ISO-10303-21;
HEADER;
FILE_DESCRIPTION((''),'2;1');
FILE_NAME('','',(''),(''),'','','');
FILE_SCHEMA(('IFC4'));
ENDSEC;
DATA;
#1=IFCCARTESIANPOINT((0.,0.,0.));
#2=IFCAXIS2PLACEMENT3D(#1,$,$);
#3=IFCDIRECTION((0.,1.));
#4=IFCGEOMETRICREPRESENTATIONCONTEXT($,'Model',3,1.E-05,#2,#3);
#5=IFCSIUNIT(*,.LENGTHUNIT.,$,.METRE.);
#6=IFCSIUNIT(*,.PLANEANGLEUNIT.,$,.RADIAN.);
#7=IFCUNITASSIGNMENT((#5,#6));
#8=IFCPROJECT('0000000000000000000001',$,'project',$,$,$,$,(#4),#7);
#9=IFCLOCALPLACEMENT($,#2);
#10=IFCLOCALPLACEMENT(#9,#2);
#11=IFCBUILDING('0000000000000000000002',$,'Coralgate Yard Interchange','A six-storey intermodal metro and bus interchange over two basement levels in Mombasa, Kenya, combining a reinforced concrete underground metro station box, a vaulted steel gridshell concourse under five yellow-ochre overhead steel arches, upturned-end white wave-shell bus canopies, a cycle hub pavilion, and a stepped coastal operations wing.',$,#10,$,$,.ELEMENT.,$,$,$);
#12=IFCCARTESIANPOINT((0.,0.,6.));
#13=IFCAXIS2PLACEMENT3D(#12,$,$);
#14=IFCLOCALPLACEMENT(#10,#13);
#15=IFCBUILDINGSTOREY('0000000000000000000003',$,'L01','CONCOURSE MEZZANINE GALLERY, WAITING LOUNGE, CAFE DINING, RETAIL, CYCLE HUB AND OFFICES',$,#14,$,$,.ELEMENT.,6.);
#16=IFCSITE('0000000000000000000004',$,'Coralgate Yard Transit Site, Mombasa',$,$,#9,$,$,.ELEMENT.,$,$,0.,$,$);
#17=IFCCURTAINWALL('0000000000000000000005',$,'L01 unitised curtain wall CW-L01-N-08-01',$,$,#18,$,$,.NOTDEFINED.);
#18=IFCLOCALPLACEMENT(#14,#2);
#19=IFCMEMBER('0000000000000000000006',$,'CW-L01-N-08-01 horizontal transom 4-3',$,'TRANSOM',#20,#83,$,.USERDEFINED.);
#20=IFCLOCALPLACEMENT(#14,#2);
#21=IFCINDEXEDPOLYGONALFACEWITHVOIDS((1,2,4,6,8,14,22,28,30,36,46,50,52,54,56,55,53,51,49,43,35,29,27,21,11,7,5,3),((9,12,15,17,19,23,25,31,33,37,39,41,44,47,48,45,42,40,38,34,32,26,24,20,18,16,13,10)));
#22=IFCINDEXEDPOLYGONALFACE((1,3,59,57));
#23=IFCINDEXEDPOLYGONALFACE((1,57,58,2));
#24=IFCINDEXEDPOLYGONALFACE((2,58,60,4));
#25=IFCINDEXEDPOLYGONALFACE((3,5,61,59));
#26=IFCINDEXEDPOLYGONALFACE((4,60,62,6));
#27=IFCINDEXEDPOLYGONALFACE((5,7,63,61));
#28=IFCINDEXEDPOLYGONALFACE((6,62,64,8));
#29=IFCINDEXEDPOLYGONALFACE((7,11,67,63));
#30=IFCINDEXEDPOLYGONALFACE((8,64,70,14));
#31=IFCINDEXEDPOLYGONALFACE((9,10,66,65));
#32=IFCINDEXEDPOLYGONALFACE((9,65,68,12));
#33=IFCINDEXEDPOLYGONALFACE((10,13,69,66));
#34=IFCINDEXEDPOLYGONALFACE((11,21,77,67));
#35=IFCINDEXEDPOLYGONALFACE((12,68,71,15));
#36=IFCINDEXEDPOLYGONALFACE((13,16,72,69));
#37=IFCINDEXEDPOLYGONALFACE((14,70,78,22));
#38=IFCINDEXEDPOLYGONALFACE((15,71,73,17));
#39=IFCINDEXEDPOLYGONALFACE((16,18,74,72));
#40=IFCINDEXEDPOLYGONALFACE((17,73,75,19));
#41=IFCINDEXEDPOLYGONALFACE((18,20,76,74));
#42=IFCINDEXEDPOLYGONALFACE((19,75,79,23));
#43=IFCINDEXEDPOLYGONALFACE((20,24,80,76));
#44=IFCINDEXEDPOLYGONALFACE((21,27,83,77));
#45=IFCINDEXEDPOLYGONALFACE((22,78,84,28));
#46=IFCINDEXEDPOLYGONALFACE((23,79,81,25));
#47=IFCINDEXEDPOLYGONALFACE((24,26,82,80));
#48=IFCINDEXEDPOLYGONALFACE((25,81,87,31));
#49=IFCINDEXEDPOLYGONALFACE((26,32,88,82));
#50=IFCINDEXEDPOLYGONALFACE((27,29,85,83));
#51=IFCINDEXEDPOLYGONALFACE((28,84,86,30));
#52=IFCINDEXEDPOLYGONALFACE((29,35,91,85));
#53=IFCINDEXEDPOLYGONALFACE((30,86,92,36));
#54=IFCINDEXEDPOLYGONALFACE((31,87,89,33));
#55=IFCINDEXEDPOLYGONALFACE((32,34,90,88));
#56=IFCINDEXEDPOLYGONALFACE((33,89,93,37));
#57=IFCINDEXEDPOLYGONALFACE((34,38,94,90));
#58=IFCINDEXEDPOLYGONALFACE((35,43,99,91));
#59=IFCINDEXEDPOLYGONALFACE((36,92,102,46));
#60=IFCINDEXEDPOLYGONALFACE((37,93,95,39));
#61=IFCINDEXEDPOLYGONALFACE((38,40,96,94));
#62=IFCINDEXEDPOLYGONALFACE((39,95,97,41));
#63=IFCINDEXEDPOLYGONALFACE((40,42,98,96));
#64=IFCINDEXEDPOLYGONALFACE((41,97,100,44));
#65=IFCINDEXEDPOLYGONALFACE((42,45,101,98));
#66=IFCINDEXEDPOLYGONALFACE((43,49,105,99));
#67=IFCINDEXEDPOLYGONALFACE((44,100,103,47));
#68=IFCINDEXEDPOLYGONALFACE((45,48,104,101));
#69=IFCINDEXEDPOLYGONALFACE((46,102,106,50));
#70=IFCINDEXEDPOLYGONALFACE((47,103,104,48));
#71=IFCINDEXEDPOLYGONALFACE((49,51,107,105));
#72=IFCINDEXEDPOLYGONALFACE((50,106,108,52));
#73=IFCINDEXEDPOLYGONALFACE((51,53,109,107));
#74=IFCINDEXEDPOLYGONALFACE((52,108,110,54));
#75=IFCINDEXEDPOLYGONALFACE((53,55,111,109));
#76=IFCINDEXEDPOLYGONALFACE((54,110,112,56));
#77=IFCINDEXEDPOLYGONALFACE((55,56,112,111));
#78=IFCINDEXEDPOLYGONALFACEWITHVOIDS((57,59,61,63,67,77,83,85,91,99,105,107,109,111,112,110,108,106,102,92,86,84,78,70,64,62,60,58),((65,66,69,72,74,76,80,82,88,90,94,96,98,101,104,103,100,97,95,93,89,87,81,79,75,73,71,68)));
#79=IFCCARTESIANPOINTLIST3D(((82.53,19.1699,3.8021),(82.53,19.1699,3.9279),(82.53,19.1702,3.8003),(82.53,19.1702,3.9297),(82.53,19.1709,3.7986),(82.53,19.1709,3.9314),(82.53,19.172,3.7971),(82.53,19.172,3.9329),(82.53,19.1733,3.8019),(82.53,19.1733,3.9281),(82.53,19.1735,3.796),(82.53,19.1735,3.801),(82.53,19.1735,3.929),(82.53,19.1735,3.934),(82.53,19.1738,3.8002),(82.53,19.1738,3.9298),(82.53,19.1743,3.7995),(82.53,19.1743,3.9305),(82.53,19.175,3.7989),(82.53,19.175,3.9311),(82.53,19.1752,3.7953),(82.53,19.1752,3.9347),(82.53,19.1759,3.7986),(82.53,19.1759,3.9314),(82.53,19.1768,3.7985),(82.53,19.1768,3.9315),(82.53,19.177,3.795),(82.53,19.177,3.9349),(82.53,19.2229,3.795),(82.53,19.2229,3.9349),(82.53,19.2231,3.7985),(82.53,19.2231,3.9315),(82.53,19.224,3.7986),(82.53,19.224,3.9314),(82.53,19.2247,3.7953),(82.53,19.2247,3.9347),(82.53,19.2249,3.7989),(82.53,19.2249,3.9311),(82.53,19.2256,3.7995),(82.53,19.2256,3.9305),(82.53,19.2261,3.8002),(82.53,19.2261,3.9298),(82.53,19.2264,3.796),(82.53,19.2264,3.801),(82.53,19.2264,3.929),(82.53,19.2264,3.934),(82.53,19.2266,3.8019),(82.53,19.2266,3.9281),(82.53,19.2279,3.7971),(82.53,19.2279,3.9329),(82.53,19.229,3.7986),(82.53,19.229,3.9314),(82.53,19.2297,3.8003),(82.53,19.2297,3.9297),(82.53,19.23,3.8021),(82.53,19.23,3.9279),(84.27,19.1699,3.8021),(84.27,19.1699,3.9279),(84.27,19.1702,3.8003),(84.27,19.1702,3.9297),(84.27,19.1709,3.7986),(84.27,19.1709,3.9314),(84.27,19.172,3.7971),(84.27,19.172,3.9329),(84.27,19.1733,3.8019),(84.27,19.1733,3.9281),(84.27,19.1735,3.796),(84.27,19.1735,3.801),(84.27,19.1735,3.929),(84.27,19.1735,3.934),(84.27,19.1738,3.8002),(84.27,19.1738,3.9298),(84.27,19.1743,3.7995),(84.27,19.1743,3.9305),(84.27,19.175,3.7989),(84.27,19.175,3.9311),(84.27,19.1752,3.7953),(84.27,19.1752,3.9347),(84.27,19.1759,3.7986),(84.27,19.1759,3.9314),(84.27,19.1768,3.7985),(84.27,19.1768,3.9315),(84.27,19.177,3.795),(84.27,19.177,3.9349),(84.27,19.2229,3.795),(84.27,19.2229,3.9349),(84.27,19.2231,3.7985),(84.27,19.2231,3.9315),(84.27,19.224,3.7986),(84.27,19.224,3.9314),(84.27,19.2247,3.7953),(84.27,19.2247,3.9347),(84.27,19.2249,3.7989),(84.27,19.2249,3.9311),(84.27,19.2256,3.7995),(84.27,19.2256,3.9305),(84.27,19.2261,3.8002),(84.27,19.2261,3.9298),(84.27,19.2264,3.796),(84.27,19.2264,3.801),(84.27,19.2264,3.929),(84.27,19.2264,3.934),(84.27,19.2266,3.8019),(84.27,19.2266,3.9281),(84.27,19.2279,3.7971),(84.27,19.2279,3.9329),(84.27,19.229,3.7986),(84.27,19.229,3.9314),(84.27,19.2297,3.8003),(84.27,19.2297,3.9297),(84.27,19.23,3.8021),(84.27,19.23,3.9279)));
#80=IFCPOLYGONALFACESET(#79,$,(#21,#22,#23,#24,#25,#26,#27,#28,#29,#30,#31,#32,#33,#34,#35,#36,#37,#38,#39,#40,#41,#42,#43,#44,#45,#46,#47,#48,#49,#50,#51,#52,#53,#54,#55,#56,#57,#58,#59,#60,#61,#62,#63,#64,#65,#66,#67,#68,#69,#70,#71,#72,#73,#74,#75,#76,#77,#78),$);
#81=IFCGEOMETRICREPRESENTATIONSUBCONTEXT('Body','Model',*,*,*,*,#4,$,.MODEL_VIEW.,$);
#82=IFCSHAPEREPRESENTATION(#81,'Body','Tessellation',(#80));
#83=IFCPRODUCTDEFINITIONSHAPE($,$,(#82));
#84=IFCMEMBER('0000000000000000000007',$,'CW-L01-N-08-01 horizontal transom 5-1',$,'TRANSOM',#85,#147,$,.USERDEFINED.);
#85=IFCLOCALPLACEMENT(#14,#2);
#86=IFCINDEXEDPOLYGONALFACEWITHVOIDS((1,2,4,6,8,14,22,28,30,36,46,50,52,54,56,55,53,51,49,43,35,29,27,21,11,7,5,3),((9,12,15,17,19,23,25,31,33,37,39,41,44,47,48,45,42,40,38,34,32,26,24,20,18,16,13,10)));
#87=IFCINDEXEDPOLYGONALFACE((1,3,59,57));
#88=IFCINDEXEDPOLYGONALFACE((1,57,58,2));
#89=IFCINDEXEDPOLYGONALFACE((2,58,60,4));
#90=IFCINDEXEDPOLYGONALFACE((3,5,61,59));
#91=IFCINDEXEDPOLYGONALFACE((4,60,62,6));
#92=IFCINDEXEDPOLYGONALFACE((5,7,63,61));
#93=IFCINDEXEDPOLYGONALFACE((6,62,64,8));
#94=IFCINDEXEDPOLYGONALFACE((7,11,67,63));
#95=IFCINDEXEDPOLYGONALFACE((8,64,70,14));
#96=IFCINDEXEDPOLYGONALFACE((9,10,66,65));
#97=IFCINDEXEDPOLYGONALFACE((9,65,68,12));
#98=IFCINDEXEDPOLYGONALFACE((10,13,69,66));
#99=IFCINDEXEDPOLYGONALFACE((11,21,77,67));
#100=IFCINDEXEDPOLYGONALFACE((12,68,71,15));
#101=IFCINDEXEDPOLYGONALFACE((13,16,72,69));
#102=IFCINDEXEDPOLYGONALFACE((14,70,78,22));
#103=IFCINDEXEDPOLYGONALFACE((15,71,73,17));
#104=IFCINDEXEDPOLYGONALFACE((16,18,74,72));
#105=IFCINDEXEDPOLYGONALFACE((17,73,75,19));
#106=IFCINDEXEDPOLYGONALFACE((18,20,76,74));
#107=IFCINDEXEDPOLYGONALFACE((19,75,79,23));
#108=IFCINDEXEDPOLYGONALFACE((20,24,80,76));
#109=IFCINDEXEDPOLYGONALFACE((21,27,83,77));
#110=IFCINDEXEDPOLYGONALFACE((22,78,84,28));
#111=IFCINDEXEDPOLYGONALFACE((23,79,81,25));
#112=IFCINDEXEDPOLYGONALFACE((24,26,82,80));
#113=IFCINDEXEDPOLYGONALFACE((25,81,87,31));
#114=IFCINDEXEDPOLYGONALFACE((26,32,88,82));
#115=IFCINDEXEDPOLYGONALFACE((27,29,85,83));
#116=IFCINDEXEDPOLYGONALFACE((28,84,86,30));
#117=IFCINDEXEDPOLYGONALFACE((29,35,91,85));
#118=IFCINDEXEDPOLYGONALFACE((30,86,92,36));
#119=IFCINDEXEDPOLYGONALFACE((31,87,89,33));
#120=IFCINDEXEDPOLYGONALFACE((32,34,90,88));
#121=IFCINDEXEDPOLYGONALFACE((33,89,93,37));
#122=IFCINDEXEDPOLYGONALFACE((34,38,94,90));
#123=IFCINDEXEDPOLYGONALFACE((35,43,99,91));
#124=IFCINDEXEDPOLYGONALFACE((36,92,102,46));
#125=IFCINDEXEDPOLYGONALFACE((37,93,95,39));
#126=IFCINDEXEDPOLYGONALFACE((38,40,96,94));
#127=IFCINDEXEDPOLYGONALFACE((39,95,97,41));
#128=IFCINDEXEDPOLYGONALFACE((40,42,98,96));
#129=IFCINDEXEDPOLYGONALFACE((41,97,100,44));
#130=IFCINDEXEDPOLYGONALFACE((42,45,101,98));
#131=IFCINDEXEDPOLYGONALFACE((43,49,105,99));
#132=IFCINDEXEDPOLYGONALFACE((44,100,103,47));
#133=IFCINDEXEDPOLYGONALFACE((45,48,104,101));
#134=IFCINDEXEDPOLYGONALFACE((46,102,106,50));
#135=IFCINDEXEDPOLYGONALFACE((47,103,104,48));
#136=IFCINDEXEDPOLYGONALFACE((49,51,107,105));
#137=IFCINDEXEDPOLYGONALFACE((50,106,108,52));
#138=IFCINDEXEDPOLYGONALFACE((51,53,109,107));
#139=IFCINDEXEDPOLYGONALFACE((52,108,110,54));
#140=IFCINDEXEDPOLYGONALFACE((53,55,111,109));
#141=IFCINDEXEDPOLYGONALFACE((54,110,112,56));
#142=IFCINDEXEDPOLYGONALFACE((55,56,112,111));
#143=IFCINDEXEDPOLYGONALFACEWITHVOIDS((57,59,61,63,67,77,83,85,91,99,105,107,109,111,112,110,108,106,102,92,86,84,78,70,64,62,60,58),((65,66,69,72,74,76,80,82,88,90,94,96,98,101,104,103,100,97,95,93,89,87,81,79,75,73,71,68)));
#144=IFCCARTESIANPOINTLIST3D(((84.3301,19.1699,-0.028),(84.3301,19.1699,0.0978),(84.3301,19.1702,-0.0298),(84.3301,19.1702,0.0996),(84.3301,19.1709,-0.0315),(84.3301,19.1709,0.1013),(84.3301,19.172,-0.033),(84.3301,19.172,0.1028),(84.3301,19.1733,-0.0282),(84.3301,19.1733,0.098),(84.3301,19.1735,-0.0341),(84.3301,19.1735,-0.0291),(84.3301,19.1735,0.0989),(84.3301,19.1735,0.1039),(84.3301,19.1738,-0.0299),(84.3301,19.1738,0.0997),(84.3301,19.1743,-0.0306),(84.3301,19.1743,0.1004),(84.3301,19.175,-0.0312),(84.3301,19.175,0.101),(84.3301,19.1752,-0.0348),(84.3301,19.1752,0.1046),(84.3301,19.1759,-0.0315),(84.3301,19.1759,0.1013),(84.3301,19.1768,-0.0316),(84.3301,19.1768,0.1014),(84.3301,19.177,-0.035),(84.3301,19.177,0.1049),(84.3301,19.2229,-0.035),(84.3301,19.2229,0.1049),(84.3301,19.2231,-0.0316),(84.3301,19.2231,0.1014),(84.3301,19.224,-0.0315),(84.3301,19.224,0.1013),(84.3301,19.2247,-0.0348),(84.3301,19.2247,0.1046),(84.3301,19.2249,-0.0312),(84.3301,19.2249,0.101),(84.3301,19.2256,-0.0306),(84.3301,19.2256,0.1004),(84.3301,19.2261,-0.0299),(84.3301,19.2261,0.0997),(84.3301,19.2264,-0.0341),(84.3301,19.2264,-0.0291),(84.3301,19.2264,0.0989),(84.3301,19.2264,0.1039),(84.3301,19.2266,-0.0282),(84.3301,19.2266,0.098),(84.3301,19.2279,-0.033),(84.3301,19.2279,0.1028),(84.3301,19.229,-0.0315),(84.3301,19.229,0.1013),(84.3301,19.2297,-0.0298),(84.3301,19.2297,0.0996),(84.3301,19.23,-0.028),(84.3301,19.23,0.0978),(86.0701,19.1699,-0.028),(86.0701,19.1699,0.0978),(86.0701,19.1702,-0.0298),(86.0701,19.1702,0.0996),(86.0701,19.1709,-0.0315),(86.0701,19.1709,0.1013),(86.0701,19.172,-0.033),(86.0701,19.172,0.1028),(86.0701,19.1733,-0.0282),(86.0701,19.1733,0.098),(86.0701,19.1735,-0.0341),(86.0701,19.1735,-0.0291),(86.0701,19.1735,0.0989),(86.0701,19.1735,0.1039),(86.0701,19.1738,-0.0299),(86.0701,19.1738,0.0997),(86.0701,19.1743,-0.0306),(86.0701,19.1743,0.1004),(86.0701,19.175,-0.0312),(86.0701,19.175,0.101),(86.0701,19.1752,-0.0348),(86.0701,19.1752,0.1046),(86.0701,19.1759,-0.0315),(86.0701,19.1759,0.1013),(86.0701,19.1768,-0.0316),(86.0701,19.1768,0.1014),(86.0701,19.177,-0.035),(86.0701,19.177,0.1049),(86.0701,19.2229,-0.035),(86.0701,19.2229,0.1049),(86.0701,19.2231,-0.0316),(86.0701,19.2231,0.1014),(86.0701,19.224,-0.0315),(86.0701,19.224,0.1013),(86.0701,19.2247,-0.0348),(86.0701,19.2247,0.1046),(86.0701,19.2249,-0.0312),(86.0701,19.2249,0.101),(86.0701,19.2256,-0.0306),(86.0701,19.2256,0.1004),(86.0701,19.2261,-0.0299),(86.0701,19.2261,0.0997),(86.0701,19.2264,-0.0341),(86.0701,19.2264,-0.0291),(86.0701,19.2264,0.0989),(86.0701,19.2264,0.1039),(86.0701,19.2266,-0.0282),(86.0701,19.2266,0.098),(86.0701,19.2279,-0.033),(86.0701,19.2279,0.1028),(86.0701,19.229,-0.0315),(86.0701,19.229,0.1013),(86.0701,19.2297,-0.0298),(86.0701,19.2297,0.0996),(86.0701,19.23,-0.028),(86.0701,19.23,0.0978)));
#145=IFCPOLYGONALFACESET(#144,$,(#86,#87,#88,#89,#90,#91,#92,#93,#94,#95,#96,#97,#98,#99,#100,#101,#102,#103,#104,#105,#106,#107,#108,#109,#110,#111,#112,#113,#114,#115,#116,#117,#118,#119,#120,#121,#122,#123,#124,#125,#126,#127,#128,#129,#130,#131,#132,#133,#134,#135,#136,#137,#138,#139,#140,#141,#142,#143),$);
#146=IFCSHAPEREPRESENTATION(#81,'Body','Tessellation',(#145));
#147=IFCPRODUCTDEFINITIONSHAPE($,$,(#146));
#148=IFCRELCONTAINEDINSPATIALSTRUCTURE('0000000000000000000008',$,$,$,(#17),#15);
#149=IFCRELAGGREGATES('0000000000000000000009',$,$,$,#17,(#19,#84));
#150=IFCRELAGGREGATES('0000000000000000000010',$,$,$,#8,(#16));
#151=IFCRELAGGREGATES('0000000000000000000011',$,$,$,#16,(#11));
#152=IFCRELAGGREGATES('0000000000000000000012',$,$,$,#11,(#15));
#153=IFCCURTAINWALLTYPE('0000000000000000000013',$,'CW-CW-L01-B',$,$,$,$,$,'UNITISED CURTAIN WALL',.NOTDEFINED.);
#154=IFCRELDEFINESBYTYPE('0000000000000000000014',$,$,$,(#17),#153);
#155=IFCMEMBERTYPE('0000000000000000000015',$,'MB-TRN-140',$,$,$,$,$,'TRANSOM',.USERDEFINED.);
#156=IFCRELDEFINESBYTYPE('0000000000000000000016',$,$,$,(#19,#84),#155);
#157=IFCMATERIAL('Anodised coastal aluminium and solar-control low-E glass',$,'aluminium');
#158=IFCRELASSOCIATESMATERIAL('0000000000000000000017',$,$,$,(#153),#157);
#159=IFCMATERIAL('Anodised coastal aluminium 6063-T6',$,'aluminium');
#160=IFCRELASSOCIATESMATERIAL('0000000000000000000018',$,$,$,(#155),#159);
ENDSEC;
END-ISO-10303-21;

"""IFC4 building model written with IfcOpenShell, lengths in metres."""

from ifc_helpers import new_model, si_unit, direction, frame, origin, origin_2d, place, context, subcontext, project, spatial, hollow_rectangle, extrude, material, material_profile, profile_set, type_object, element, aggregate, save


model = new_model("IFC4")

# Units and contexts
model_context = context("Model", 3, precision=1e-05, world=origin(), true_north=direction((0.0, 1.0)))
body_context = subcontext(model_context, "Body", "Model", "MODEL_VIEW")
ifc_project = project(units=[si_unit("LENGTHUNIT", "METRE"), si_unit("PLANEANGLEUNIT", "RADIAN")], contexts=[model_context])

# Site, building, storey
site_placement = place(None, origin())
site = spatial("IfcSite", under=ifc_project, at=site_placement, Name="Coralgate Yard Transit Site, Mombasa", CompositionType="ELEMENT", RefElevation=0.0)
building_placement = place(site_placement, origin())
building = spatial("IfcBuilding", under=site, at=building_placement, Name="Coralgate Yard Interchange", Description="A six-storey intermodal metro and bus interchange over two basement levels in Mombasa, Kenya, combining a reinforced concrete underground metro station box, a vaulted steel gridshell concourse under five yellow-ochre overhead steel arches, upturned-end white wave-shell bus canopies, a cycle hub pavilion, and a stepped coastal operations wing.", CompositionType="ELEMENT")
storey_placement = place(building_placement, frame((0.0, 0.0, 6.0)))
storey = spatial("IfcBuildingStorey", under=building, at=storey_placement, Name="L01", Description="CONCOURSE MEZZANINE GALLERY, WAITING LOUNGE, CAFE DINING, RETAIL, CYCLE HUB AND OFFICES", CompositionType="ELEMENT", Elevation=6.0)

# Shared definitions
ifc_material_1 = material(Name="Anodised coastal aluminium and solar-control low-E glass", Category="aluminium")
ifc_material_2 = material(Name="Anodised coastal aluminium 6063-T6", Category="aluminium")

# Curtain wall
curtain_wall_type_1 = type_object("IfcCurtainWallType", Name="CW-CW-L01-B", ElementType="UNITISED CURTAIN WALL", PredefinedType="NOTDEFINED", material=ifc_material_1)
curtain_wall_1_placement = place(storey_placement, origin())
curtain_wall_1 = element("IfcCurtainWall", 1, at=curtain_wall_1_placement, inside=storey, type_object=curtain_wall_type_1, Name="L01 unitised curtain wall CW-L01-N-08-01", PredefinedType="NOTDEFINED")

# Members
ifc_material_profile_1 = material_profile(ifc_material_2, hollow_rectangle(XDim=0.0601, YDim=0.1399, WallThickness=0.0034, InnerFilletRadius=0.0034, OuterFilletRadius=0.0071, at=origin_2d()), Name="ALU 60x140x3.5")
ifc_profile_set_1 = profile_set([ifc_material_profile_1], Name="Anodised coastal aluminium 6063-T6")
member_type_1 = type_object("IfcMemberType", Name="MB-TRN-140", ElementType="TRANSOM", PredefinedType="USERDEFINED", material=ifc_profile_set_1)
member_1_placement = place(storey_placement, frame((82.53, 19.2, 3.865), z_axis=(1.0, 0.0, 0.0), x_axis=(0.0, 1.0, 0.0)))
member_1 = element("IfcMember", 2, at=member_1_placement, type_object=member_type_1, Name="CW-L01-N-08-01 horizontal transom 4-3", ObjectType="TRANSOM", PredefinedType="USERDEFINED", context=body_context, shape_type="SweptSolid", body=[
    extrude(hollow_rectangle(XDim=0.0601, YDim=0.1399, WallThickness=0.0034, InnerFilletRadius=0.0034, OuterFilletRadius=0.0071, at=origin_2d()), origin(), (0.0, 0.0, 1.0), 1.74),
])
member_2_placement = place(storey_placement, frame((84.3301, 19.2, 0.0349), z_axis=(1.0, 0.0, 0.0), x_axis=(0.0, 1.0, 0.0)))
member_2 = element("IfcMember", 3, at=member_2_placement, type_object=member_type_1, Name="CW-L01-N-08-01 horizontal transom 5-1", ObjectType="TRANSOM", PredefinedType="USERDEFINED", context=body_context, shape_type="SweptSolid", body=[
    extrude(hollow_rectangle(XDim=0.0601, YDim=0.1399, WallThickness=0.0034, InnerFilletRadius=0.0034, OuterFilletRadius=0.0071, at=origin_2d()), origin(), (0.0, 0.0, 1.0), 1.74),
])

aggregate(curtain_wall_1, [member_1, member_2])

save(model, "model.ifc")
